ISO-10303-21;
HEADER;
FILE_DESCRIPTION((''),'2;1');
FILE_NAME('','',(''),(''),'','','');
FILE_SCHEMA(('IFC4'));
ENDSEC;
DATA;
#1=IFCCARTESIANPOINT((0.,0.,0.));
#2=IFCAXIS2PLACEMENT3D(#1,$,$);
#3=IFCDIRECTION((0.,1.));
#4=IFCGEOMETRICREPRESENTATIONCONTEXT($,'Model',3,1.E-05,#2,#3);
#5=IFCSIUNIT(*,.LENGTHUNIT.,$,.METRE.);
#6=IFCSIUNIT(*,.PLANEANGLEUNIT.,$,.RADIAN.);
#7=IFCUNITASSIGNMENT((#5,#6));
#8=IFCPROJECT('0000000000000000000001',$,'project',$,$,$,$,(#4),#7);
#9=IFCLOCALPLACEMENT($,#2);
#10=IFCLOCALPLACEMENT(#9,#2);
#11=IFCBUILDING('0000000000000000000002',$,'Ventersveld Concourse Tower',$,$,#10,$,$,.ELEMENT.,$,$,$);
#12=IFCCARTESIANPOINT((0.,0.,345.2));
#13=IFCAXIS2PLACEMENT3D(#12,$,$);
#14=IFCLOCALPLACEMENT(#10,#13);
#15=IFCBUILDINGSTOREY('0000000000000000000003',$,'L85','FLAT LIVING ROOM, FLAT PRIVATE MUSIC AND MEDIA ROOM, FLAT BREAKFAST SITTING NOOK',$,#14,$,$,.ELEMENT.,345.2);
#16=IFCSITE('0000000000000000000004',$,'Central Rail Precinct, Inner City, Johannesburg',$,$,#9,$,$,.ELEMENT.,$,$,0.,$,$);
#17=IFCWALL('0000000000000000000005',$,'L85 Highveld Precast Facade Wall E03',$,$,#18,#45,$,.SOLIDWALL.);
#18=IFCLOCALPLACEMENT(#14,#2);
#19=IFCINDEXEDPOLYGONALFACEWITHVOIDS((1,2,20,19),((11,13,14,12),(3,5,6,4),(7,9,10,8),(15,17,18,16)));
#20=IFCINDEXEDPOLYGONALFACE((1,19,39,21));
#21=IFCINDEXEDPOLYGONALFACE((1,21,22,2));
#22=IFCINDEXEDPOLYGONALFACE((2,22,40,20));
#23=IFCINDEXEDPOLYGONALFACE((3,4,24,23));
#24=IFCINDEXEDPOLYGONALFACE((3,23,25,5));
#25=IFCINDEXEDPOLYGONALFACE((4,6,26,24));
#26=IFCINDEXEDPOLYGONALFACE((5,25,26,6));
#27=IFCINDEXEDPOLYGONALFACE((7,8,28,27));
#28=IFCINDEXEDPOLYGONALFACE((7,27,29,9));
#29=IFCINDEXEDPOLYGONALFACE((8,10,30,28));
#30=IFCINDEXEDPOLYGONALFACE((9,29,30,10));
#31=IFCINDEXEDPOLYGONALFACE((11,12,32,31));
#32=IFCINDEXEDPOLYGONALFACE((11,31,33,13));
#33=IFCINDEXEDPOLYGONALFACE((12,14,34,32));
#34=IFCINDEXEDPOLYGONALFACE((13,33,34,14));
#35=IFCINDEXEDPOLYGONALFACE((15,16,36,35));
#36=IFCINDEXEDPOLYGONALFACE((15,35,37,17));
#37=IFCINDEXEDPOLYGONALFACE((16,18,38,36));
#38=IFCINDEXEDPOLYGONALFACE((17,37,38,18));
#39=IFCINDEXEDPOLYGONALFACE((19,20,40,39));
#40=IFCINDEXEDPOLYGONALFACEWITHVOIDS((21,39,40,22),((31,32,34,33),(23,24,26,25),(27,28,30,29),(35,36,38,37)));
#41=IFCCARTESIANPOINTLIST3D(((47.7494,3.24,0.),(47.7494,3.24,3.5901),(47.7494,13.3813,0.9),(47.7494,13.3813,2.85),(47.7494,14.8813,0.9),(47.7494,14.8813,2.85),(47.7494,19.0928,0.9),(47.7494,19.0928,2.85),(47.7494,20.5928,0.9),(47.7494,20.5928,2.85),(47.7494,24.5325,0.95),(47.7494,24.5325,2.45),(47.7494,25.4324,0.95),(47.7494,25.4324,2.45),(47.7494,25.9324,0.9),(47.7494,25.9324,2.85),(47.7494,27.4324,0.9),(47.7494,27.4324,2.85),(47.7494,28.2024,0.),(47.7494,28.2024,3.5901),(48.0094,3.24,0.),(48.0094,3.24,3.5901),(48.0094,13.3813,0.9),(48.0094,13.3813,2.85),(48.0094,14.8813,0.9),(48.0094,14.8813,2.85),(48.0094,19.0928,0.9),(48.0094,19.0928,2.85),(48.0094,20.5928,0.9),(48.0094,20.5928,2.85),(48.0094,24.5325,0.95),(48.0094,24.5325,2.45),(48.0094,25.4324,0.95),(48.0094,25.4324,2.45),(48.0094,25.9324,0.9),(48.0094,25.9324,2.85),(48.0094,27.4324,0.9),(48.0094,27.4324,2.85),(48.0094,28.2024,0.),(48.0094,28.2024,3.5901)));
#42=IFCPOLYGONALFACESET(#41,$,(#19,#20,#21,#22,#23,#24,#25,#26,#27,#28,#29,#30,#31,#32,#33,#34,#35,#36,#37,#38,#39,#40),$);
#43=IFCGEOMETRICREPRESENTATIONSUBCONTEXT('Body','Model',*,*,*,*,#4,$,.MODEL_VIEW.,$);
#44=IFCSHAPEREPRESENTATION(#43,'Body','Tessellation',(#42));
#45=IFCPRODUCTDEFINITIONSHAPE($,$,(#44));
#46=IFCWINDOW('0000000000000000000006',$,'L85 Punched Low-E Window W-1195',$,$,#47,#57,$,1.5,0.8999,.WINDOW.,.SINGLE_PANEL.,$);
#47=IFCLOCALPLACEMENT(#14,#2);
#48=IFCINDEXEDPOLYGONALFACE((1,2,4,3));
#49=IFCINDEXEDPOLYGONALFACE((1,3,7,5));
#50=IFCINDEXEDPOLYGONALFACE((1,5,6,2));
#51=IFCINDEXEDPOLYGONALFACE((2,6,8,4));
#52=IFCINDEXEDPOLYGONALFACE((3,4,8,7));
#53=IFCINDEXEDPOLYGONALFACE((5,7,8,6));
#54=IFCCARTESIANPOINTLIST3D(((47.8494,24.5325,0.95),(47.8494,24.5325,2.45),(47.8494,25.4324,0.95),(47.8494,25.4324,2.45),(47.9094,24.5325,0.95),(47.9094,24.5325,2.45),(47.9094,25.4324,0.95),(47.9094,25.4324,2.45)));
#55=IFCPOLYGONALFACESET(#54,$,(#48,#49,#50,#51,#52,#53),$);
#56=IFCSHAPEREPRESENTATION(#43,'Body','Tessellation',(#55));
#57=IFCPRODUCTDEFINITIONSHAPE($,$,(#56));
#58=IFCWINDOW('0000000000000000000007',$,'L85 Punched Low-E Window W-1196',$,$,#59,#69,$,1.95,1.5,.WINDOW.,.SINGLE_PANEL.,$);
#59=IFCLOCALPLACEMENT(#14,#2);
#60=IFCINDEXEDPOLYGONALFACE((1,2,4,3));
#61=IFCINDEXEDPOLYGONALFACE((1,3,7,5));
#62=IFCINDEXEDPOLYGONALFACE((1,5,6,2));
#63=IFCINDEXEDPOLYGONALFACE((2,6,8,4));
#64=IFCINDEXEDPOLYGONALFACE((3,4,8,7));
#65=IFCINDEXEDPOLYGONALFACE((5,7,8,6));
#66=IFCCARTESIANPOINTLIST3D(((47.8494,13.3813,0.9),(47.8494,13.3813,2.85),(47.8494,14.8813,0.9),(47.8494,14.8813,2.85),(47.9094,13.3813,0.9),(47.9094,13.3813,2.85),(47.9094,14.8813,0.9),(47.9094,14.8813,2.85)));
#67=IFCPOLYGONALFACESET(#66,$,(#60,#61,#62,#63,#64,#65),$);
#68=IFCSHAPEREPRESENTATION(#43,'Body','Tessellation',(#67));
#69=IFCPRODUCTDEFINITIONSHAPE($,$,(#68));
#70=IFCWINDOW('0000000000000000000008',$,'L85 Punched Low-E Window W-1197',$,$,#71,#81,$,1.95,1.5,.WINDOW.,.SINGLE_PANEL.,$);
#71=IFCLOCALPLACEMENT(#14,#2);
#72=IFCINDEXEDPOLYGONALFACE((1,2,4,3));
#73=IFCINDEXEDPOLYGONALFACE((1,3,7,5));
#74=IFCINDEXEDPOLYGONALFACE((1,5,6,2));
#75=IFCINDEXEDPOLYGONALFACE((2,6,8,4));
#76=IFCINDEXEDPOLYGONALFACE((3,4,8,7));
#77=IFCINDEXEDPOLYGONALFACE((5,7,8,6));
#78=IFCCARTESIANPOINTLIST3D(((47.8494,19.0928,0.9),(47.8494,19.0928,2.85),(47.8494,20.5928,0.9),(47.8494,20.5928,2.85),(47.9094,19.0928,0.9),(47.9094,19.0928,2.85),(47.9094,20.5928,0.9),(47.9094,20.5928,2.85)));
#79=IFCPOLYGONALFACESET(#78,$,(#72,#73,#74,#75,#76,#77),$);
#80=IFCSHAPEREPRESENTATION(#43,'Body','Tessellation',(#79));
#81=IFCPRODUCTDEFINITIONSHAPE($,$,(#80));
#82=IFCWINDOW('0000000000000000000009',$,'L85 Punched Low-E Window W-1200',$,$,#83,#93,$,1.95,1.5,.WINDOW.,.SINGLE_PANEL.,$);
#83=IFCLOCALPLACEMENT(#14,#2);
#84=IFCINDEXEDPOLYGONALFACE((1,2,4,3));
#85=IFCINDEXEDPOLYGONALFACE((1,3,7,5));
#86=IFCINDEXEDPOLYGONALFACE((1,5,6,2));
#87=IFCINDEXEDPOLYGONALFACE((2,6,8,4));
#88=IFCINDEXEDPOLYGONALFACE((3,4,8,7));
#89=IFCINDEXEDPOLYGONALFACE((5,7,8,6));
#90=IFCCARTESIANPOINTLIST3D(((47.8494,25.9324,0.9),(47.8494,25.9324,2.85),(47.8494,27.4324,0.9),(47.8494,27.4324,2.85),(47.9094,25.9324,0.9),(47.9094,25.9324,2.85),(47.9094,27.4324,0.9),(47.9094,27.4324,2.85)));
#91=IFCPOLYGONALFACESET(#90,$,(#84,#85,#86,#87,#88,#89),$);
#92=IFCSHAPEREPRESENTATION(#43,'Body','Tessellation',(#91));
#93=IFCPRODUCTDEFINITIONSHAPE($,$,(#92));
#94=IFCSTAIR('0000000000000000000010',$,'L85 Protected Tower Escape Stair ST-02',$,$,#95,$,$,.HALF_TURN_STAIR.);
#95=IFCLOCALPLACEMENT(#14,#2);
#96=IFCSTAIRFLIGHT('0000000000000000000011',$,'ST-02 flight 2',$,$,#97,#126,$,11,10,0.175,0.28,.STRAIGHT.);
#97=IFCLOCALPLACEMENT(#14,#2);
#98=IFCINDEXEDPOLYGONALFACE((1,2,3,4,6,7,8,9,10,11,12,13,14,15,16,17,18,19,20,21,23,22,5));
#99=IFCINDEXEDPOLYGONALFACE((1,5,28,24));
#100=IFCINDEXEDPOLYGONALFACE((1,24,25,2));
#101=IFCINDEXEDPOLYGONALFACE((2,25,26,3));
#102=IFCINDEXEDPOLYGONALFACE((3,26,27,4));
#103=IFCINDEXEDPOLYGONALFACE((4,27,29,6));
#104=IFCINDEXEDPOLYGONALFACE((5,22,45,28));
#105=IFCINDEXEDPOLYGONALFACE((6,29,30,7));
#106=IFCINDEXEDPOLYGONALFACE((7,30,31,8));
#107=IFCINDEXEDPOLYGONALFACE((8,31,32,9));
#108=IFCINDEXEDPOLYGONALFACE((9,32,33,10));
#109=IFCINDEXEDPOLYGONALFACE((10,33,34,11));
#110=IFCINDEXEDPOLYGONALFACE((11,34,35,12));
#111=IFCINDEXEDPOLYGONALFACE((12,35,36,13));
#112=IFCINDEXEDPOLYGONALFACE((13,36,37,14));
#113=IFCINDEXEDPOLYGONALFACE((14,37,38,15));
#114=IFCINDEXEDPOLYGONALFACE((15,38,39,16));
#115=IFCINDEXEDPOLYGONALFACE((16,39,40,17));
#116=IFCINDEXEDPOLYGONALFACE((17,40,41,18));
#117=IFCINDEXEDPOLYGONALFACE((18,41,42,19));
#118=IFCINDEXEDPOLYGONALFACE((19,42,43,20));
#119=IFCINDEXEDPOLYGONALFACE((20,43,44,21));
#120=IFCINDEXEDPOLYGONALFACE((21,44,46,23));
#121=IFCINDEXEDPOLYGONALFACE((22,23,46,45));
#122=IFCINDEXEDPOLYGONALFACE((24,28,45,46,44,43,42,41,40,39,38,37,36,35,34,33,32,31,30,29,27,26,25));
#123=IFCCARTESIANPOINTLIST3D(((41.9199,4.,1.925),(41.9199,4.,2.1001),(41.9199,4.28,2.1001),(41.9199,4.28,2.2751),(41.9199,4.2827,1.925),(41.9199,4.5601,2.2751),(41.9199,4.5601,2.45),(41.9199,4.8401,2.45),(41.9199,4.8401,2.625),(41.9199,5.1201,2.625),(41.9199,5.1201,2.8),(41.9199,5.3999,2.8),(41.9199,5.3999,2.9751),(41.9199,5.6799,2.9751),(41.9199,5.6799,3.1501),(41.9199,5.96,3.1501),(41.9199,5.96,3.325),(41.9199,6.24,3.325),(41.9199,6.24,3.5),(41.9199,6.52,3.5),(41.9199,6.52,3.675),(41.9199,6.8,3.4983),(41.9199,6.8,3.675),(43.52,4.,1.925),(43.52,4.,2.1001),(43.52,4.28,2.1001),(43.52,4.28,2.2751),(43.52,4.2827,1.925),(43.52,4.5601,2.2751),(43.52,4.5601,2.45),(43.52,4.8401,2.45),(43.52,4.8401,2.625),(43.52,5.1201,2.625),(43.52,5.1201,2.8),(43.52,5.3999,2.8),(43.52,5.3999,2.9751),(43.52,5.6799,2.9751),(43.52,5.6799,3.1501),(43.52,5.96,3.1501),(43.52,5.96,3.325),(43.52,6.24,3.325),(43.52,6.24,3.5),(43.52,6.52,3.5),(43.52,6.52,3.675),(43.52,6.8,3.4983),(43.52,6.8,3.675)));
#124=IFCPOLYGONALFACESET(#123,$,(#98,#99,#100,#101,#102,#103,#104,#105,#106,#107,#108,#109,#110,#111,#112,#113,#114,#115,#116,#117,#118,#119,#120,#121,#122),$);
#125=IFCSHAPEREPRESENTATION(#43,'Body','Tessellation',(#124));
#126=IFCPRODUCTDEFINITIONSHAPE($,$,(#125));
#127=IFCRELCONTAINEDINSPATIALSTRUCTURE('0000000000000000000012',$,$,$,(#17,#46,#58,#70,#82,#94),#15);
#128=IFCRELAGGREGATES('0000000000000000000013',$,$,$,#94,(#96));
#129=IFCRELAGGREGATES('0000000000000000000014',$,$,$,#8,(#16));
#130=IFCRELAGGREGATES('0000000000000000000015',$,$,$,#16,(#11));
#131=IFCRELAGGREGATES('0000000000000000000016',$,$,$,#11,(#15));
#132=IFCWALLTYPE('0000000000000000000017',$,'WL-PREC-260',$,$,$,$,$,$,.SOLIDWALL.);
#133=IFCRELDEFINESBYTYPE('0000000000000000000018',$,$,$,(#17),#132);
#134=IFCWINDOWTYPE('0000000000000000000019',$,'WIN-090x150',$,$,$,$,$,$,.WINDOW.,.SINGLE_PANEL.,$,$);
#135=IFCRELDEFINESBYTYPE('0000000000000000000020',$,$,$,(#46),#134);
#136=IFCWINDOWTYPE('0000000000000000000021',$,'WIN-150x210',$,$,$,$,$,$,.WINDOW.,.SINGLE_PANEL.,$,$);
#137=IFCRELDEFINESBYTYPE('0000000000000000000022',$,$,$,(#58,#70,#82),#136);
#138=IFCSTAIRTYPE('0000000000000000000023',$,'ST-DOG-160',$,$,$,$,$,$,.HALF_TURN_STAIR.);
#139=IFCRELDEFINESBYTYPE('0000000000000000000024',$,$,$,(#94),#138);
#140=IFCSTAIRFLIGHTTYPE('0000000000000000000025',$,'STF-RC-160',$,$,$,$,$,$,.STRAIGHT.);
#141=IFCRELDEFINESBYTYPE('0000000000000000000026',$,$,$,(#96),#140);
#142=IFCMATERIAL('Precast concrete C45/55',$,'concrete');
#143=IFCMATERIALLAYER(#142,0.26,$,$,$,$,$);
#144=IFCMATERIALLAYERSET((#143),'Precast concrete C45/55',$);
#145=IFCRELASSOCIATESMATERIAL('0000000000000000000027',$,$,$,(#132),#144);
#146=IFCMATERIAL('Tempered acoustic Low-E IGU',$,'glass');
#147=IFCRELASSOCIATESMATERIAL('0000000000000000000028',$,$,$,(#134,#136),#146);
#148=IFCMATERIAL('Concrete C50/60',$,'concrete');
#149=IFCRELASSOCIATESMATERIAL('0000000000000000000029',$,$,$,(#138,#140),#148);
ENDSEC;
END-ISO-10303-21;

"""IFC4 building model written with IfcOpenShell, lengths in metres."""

from ifc_helpers import new_model, si_unit, direction, frame, frame_2d, origin, place, context, subcontext, project, spatial, polyline, rectangle, outline, extrude, material, layer, layer_set, type_object, element, fill, aggregate, save


model = new_model("IFC4")

# Units and contexts
model_context = context("Model", 3, precision=1e-05, world=origin(), true_north=direction((0.0, 1.0)))
body_context = subcontext(model_context, "Body", "Model", "MODEL_VIEW")
ifc_project = project(units=[si_unit("LENGTHUNIT", "METRE"), si_unit("PLANEANGLEUNIT", "RADIAN")], contexts=[model_context])

# Site, building, storey
site_placement = place(None, origin())
site = spatial("IfcSite", under=ifc_project, at=site_placement, Name="Central Rail Precinct, Inner City, Johannesburg", CompositionType="ELEMENT", RefElevation=0.0)
building_placement = place(site_placement, origin())
building = spatial("IfcBuilding", under=site, at=building_placement, Name="Ventersveld Concourse Tower", CompositionType="ELEMENT")
storey_placement = place(building_placement, frame((0.0, 0.0, 345.2)))
storey = spatial("IfcBuildingStorey", under=building, at=storey_placement, Name="L85", Description="FLAT LIVING ROOM, FLAT PRIVATE MUSIC AND MEDIA ROOM, FLAT BREAKFAST SITTING NOOK", CompositionType="ELEMENT", Elevation=345.2)

# Shared definitions
ifc_material_1 = material(Name="Concrete C50/60", Category="concrete")

# Shared definitions
ifc_material_2 = material(Name="Precast concrete C45/55", Category="concrete")
ifc_layer_1 = layer(ifc_material_2, 0.26)
ifc_layer_set_1 = layer_set([ifc_layer_1], Name="Precast concrete C45/55")
wall_type_1 = type_object("IfcWallType", Name="WL-PREC-260", PredefinedType="SOLIDWALL", material=ifc_layer_set_1)
ifc_material_3 = material(Name="Tempered acoustic Low-E IGU", Category="glass")
window_type_1 = type_object("IfcWindowType", Name="WIN-090x150", PartitioningType="SINGLE_PANEL", PredefinedType="WINDOW", material=ifc_material_3)

# Wall, openings, windows
wall_1_placement = place(storey_placement, frame((47.8794, 3.24, 0.0), z_axis=(0.0, 0.0, 1.0), x_axis=(0.0, 1.0, 0.0)))
wall_1 = element("IfcWall", 1, at=wall_1_placement, inside=storey, type_object=wall_type_1, Name="L85 Highveld Precast Facade Wall E03", PredefinedType="SOLIDWALL", context=body_context, shape_type="SweptSolid", body=[
    extrude(rectangle(XDim=24.9624, YDim=0.26, at=frame_2d((12.4812, 0.0))), origin(), (0.0, 0.0, 1.0), 3.5901),
])
opening_1_placement = place(wall_1_placement, frame((21.2925, 0.0, 0.95)))
opening_1 = element("IfcOpeningElement", 2, at=opening_1_placement, cuts=wall_1, PredefinedType="OPENING", context=body_context, shape_type="SweptSolid", body=[
    extrude(rectangle(XDim=0.8999, YDim=1.5, at=frame_2d((0.45, 0.75))), frame((0.0, 0.1401, 0.0), z_axis=(0.0, -1.0, 0.0), x_axis=(1.0, 0.0, 0.0)), (0.0, 0.0, 1.0), 0.28),
])
opening_2_placement = place(wall_1_placement, frame((10.1414, 0.0, 0.8999)))
opening_2 = element("IfcOpeningElement", 3, at=opening_2_placement, cuts=wall_1, PredefinedType="OPENING", context=body_context, shape_type="SweptSolid", body=[
    extrude(rectangle(XDim=1.5, YDim=1.95, at=frame_2d((0.75, 0.9751))), frame((0.0, 0.1401, 0.0), z_axis=(0.0, -1.0, 0.0), x_axis=(1.0, 0.0, 0.0)), (0.0, 0.0, 1.0), 0.28),
])
opening_3_placement = place(wall_1_placement, frame((15.8528, 0.0, 0.8999)))
opening_3 = element("IfcOpeningElement", 4, at=opening_3_placement, cuts=wall_1, PredefinedType="OPENING", context=body_context, shape_type="SweptSolid", body=[
    extrude(rectangle(XDim=1.5, YDim=1.95, at=frame_2d((0.75, 0.9751))), frame((0.0, 0.1401, 0.0), z_axis=(0.0, -1.0, 0.0), x_axis=(1.0, 0.0, 0.0)), (0.0, 0.0, 1.0), 0.28),
])
opening_4_placement = place(wall_1_placement, frame((22.6924, 0.0, 0.8999)))
opening_4 = element("IfcOpeningElement", 5, at=opening_4_placement, cuts=wall_1, PredefinedType="OPENING", context=body_context, shape_type="SweptSolid", body=[
    extrude(rectangle(XDim=1.5, YDim=1.95, at=frame_2d((0.75, 0.9751))), frame((0.0, 0.1401, 0.0), z_axis=(0.0, -1.0, 0.0), x_axis=(1.0, 0.0, 0.0)), (0.0, 0.0, 1.0), 0.28),
])
window_1_placement = place(opening_1_placement, origin())
window_1 = element("IfcWindow", 6, at=window_1_placement, inside=storey, type_object=window_type_1, Name="L85 Punched Low-E Window W-1195", OverallHeight=1.5, OverallWidth=0.8999, PartitioningType="SINGLE_PANEL", PredefinedType="WINDOW", context=body_context, shape_type="SweptSolid", body=[
    extrude(rectangle(XDim=0.8999, YDim=1.5, at=frame_2d((0.45, 0.75))), frame((0.0, 0.03, 0.0), z_axis=(0.0, -1.0, 0.0), x_axis=(1.0, 0.0, 0.0)), (0.0, 0.0, 1.0), 0.0601),
])
fill(opening_1, window_1)
window_type_2 = type_object("IfcWindowType", Name="WIN-150x210", PartitioningType="SINGLE_PANEL", PredefinedType="WINDOW", material=ifc_material_3)
window_2_placement = place(opening_2_placement, origin())
window_2 = element("IfcWindow", 7, at=window_2_placement, inside=storey, type_object=window_type_2, Name="L85 Punched Low-E Window W-1196", OverallHeight=1.95, OverallWidth=1.5, PartitioningType="SINGLE_PANEL", PredefinedType="WINDOW", context=body_context, shape_type="SweptSolid", body=[
    extrude(rectangle(XDim=1.5, YDim=1.95, at=frame_2d((0.75, 0.9751))), frame((0.0, 0.03, 0.0), z_axis=(0.0, -1.0, 0.0), x_axis=(1.0, 0.0, 0.0)), (0.0, 0.0, 1.0), 0.0601),
])
fill(opening_2, window_2)
window_3_placement = place(opening_3_placement, origin())
window_3 = element("IfcWindow", 8, at=window_3_placement, inside=storey, type_object=window_type_2, Name="L85 Punched Low-E Window W-1197", OverallHeight=1.95, OverallWidth=1.5, PartitioningType="SINGLE_PANEL", PredefinedType="WINDOW", context=body_context, shape_type="SweptSolid", body=[
    extrude(rectangle(XDim=1.5, YDim=1.95, at=frame_2d((0.75, 0.9751))), frame((0.0, 0.03, 0.0), z_axis=(0.0, -1.0, 0.0), x_axis=(1.0, 0.0, 0.0)), (0.0, 0.0, 1.0), 0.0601),
])
fill(opening_3, window_3)
window_4_placement = place(opening_4_placement, origin())
window_4 = element("IfcWindow", 9, at=window_4_placement, inside=storey, type_object=window_type_2, Name="L85 Punched Low-E Window W-1200", OverallHeight=1.95, OverallWidth=1.5, PartitioningType="SINGLE_PANEL", PredefinedType="WINDOW", context=body_context, shape_type="SweptSolid", body=[
    extrude(rectangle(XDim=1.5, YDim=1.95, at=frame_2d((0.75, 0.9751))), frame((0.0, 0.03, 0.0), z_axis=(0.0, -1.0, 0.0), x_axis=(1.0, 0.0, 0.0)), (0.0, 0.0, 1.0), 0.0601),
])
fill(opening_4, window_4)

# Stair, stair flight
stair_type = type_object("IfcStairType", Name="ST-DOG-160", PredefinedType="HALF_TURN_STAIR", material=ifc_material_1)
stair_placement = place(storey_placement, origin())
stair = element("IfcStair", 10, at=stair_placement, inside=storey, type_object=stair_type, Name="L85 Protected Tower Escape Stair ST-02", PredefinedType="HALF_TURN_STAIR")
stair_flight_type = type_object("IfcStairFlightType", Name="STF-RC-160", PredefinedType="STRAIGHT", material=ifc_material_1)
stair_flight_placement = place(storey_placement, frame((42.72, 4.0, 1.925), z_axis=(0.0, 0.0, 1.0), x_axis=(0.0, 1.0, 0.0)))
stair_flight = element("IfcStairFlight", 11, at=stair_flight_placement, type_object=stair_flight_type, Name="ST-02 flight 2", NumberOfRisers=11, NumberOfTreads=10, PredefinedType="STRAIGHT", RiserHeight=0.175, TreadLength=0.28, context=body_context, shape_type="SweptSolid", body=[
    extrude(outline(polyline([(0.0, 0.0), (0.0, 0.175), (0.28, 0.175), (0.28, 0.3501), (0.5601, 0.3501), (0.5601, 0.5249), (0.8401, 0.5249), (0.8401, 0.7), (1.1201, 0.7), (1.1201, 0.875), (1.3999, 0.875), (1.3999, 1.05), (1.6799, 1.05), (1.6799, 1.2251), (1.96, 1.2251), (1.96, 1.3999), (2.24, 1.3999), (2.24, 1.575), (2.52, 1.575), (2.52, 1.75), (2.8, 1.75), (2.8, 1.925), (2.8, 1.5732), (0.2827, 0.0), (0.0, 0.0)])), frame((0.0, 0.8, 0.0), z_axis=(0.0, -1.0, 0.0), x_axis=(1.0, 0.0, 0.0)), (0.0, 0.0, 1.0), 1.6001),
])
aggregate(stair, [stair_flight])

save(model, "model.ifc")
